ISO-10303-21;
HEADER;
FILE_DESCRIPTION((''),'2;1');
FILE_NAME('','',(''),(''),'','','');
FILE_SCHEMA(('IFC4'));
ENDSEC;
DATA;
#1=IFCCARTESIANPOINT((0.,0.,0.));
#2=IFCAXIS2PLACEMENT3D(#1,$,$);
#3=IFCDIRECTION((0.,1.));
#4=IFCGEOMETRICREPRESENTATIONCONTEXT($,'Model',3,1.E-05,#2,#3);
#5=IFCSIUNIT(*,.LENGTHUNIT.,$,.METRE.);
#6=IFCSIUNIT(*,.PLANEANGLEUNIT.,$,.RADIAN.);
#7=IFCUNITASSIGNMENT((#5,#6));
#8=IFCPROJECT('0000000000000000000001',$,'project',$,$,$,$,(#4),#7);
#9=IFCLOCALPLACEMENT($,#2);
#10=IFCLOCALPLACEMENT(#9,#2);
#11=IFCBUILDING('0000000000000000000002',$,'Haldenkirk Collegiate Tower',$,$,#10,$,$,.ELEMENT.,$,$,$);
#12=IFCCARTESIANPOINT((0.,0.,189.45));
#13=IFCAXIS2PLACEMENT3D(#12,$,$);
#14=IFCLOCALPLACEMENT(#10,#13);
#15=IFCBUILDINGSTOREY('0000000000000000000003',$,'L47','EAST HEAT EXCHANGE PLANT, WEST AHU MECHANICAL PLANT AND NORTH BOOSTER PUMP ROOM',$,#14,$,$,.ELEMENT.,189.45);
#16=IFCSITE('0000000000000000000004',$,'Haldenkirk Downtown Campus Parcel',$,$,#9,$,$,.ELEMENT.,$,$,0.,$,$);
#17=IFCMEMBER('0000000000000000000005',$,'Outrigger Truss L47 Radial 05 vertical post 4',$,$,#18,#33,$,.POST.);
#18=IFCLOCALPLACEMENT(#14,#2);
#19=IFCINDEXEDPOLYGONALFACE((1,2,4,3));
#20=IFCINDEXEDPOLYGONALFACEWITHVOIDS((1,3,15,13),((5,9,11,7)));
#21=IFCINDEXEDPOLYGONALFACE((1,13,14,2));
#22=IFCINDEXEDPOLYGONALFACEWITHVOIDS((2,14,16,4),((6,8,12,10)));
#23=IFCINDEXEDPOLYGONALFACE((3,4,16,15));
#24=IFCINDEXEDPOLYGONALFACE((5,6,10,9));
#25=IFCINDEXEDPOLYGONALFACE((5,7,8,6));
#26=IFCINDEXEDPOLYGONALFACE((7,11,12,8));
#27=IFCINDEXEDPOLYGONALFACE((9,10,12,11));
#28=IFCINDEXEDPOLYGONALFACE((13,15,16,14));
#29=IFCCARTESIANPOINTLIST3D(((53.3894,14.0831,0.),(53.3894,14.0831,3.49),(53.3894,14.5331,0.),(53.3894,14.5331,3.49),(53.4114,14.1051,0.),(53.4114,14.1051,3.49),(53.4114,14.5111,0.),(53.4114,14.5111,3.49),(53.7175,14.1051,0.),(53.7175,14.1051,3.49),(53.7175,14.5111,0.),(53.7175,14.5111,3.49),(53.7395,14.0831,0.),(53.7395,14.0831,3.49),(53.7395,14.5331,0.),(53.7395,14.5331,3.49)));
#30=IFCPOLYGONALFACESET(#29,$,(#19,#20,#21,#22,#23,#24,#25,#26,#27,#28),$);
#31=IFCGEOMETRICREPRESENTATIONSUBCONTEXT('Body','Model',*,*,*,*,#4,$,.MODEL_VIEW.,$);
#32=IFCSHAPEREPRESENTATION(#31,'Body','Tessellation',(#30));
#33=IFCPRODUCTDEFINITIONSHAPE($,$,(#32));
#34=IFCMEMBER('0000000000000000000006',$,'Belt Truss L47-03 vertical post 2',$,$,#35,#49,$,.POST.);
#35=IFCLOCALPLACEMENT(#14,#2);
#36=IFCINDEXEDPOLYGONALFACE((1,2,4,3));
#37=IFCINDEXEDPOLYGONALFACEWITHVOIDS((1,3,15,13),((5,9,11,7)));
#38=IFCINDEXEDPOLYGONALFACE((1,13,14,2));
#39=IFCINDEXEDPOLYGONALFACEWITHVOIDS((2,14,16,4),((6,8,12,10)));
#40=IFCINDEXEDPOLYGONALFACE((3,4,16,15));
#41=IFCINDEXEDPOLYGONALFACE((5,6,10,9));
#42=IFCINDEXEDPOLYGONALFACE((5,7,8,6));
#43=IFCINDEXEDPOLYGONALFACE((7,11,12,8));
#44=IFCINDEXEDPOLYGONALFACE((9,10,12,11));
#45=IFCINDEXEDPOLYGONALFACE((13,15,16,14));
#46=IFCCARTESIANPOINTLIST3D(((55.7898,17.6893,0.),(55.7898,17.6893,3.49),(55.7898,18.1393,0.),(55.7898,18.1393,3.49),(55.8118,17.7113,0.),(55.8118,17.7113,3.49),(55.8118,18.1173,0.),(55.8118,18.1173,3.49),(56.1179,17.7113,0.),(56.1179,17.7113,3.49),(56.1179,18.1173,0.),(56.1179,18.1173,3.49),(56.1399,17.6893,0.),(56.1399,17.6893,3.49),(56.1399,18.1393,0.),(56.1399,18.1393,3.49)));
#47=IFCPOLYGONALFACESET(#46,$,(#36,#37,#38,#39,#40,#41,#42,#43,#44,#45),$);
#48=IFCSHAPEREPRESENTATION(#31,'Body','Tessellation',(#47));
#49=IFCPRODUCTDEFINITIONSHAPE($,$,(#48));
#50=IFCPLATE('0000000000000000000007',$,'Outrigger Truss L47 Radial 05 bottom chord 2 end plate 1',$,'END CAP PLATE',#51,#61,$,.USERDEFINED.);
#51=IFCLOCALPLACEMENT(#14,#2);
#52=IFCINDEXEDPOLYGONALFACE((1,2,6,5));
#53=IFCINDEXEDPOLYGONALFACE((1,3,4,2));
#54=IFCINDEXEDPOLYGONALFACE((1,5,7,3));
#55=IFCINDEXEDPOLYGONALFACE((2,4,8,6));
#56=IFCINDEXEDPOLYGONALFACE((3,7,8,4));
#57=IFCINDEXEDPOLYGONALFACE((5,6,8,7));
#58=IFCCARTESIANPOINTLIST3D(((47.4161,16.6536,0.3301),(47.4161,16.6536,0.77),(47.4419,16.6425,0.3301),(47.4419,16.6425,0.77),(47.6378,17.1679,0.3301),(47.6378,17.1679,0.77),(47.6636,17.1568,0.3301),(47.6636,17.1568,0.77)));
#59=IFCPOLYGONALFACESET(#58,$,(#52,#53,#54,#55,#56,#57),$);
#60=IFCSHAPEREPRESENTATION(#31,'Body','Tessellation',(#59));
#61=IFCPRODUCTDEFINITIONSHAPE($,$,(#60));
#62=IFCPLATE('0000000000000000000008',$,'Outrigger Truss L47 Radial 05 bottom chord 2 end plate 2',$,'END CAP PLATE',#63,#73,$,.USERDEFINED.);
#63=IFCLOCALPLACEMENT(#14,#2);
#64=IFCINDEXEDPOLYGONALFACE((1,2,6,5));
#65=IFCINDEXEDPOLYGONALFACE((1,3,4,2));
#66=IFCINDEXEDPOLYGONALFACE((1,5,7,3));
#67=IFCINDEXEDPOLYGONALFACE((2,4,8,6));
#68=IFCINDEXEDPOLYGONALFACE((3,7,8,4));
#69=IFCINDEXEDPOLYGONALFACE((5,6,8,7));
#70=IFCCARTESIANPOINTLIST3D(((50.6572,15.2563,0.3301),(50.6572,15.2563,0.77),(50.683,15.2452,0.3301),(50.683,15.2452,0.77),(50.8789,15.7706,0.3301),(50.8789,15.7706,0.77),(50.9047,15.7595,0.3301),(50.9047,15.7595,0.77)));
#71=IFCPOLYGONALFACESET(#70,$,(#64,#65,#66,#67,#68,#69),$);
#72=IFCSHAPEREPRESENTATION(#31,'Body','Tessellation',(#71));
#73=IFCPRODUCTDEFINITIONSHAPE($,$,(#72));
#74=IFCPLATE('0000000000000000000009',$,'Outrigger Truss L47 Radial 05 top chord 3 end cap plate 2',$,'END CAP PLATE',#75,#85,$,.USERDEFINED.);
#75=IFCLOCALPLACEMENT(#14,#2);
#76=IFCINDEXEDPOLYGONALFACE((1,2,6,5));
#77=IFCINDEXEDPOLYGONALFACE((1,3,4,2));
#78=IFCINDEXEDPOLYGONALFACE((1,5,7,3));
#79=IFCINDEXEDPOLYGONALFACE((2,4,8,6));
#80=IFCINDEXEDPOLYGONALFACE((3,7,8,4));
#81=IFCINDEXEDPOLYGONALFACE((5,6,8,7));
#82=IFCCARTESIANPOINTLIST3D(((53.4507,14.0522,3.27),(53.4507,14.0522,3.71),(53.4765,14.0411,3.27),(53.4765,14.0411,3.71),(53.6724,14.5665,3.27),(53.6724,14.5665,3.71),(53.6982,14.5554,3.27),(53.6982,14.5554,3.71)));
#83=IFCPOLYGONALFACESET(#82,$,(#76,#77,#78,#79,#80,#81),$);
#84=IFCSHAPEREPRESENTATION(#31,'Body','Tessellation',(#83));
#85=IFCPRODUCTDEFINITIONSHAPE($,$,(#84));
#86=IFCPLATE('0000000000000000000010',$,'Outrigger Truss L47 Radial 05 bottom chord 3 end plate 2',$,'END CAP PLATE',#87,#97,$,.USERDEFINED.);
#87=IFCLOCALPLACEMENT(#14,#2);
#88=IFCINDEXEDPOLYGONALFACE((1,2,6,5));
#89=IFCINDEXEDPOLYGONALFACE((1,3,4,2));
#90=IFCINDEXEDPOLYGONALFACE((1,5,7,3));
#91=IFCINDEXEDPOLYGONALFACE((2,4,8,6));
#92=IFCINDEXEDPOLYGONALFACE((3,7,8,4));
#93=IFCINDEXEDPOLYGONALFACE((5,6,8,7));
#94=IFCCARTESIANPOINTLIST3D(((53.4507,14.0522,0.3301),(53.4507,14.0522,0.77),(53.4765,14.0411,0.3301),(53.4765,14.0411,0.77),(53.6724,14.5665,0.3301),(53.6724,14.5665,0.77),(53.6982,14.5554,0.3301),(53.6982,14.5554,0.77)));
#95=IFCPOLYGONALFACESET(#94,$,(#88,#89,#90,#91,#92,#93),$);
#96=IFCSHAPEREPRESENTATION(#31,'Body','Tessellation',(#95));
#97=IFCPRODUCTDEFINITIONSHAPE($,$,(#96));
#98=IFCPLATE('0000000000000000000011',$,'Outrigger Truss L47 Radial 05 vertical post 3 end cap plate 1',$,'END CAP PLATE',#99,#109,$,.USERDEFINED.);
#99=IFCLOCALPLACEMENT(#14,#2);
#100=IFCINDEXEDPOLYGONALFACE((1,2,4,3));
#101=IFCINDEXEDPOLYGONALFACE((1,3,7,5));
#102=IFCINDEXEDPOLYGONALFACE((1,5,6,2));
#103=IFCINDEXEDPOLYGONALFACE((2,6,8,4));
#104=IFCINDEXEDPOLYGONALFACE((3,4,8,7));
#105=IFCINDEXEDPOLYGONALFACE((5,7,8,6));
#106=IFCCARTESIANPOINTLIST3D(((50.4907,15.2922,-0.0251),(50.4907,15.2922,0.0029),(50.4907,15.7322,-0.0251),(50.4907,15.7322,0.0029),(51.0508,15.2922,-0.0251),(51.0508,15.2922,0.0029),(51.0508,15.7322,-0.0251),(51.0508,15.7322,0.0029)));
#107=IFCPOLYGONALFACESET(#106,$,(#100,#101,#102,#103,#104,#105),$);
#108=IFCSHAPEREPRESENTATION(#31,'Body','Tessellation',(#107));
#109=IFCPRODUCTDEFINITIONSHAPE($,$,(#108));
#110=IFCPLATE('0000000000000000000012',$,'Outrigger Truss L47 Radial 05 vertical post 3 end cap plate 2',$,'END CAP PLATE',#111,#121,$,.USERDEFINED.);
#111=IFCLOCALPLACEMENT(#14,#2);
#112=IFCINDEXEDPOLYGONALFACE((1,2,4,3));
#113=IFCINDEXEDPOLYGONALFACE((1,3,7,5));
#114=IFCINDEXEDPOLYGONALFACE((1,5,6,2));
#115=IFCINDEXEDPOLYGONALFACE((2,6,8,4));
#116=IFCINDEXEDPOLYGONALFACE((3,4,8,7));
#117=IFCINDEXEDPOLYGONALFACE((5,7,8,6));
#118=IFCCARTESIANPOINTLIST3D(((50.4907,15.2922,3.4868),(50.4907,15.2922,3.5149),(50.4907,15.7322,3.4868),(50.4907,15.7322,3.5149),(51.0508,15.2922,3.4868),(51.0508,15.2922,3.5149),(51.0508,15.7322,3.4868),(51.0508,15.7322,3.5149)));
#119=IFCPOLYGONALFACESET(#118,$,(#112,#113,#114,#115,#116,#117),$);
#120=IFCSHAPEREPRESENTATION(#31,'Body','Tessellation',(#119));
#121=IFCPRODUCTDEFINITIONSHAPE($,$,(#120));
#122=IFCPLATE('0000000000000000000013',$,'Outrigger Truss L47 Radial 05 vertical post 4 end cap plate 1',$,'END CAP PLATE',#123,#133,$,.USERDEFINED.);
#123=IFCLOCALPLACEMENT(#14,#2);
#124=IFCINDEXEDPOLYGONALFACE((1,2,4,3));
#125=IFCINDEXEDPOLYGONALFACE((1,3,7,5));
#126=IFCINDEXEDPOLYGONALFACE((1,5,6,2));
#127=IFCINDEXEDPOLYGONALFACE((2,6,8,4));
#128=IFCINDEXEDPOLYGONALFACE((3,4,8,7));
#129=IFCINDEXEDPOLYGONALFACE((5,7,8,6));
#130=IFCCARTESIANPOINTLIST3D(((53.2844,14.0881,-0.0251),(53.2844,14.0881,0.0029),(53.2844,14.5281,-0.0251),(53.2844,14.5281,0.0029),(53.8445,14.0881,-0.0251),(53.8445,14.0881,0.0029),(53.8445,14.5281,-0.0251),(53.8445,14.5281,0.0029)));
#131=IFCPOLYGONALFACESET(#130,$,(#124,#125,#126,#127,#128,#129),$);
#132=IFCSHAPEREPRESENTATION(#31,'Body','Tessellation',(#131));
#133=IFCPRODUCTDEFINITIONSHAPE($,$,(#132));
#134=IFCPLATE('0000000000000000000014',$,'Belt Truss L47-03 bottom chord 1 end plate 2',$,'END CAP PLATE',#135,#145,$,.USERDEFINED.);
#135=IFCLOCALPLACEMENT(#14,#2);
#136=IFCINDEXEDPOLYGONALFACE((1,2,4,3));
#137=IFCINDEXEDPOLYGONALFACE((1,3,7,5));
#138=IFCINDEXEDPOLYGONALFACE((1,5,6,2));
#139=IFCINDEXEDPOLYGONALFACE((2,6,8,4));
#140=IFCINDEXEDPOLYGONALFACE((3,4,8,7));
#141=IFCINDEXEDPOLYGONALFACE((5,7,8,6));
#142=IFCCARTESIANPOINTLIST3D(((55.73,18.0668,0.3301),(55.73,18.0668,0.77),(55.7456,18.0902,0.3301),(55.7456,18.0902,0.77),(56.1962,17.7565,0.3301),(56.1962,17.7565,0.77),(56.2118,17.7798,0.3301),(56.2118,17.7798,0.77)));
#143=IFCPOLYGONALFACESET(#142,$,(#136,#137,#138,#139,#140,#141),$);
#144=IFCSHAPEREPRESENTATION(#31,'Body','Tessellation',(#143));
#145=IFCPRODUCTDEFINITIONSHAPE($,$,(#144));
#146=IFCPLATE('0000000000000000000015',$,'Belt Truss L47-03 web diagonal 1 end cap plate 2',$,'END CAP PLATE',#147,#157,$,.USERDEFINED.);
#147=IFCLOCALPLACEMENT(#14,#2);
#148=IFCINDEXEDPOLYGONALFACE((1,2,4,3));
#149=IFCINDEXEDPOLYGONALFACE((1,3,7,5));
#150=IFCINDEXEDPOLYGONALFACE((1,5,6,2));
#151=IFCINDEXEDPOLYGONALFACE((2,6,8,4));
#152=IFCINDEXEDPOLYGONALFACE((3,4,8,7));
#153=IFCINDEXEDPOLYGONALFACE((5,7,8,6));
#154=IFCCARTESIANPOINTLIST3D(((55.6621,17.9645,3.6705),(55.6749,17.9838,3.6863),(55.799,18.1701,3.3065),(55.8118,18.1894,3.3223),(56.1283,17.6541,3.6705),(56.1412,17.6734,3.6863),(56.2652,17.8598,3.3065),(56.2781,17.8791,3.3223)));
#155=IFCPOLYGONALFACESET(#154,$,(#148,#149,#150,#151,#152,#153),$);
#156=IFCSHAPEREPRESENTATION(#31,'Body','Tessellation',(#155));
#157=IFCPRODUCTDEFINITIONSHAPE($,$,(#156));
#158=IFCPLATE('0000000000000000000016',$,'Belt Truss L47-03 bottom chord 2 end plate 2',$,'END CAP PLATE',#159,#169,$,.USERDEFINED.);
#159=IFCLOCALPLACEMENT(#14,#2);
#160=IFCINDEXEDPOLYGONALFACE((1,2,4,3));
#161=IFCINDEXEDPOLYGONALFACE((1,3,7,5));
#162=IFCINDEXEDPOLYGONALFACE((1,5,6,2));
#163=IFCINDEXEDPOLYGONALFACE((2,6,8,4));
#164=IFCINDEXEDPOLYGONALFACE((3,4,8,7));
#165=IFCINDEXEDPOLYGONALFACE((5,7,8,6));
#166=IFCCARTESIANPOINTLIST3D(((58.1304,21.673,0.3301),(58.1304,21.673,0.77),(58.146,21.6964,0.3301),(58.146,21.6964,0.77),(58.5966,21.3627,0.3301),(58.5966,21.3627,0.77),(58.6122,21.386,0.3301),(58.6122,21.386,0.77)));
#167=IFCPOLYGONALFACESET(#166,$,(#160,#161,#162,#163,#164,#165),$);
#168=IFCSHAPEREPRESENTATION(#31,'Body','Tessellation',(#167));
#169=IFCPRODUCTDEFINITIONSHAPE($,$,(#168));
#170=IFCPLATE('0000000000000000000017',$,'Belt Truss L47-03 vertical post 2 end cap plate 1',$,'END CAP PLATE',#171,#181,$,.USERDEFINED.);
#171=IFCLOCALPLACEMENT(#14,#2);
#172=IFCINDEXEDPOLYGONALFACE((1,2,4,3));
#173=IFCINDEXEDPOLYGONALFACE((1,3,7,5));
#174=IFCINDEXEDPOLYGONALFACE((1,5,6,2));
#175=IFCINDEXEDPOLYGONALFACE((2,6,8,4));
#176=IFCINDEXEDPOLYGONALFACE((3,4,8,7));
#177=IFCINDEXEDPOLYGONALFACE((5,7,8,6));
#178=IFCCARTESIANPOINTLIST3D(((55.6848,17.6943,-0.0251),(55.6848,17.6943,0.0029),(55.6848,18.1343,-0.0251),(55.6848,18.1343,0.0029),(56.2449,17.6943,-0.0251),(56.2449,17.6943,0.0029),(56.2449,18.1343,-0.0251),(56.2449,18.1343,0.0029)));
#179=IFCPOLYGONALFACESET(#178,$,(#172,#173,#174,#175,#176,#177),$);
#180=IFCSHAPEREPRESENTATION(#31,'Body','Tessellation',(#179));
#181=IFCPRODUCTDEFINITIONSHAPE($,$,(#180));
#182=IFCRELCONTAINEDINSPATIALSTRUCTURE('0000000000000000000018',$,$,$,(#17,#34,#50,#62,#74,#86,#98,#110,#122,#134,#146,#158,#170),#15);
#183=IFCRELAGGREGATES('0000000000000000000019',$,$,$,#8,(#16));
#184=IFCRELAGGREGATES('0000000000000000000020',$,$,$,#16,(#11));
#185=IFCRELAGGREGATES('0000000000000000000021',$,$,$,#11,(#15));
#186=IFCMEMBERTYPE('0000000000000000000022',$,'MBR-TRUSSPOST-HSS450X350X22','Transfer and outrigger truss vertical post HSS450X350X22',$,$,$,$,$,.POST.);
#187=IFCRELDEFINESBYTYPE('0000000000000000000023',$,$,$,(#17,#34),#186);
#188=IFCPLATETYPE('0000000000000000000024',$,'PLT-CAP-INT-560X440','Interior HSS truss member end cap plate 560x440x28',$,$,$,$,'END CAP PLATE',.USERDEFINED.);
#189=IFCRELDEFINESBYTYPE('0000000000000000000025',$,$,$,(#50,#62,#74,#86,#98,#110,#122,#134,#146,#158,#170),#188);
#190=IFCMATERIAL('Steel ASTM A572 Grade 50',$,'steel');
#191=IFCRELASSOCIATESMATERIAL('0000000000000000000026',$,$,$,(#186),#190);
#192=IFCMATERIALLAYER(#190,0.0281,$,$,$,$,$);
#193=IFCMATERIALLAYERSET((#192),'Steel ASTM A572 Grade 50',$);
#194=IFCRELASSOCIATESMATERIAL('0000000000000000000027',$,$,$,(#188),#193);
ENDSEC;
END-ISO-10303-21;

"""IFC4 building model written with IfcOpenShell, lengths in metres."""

from ifc_helpers import new_model, si_unit, direction, frame, origin, origin_2d, place, context, subcontext, project, spatial, rectangle, hollow_rectangle, extrude, source, transform, mapped, material, layer, layer_set, material_profile, profile_set, type_object, element, save


model = new_model("IFC4")

# Units and contexts
model_context = context("Model", 3, precision=1e-05, world=origin(), true_north=direction((0.0, 1.0)))
body_context = subcontext(model_context, "Body", "Model", "MODEL_VIEW")
ifc_project = project(units=[si_unit("LENGTHUNIT", "METRE"), si_unit("PLANEANGLEUNIT", "RADIAN")], contexts=[model_context])

# Site, building, storey
site_placement = place(None, origin())
site = spatial("IfcSite", under=ifc_project, at=site_placement, Name="Haldenkirk Downtown Campus Parcel", CompositionType="ELEMENT", RefElevation=0.0)
building_placement = place(site_placement, origin())
building = spatial("IfcBuilding", under=site, at=building_placement, Name="Haldenkirk Collegiate Tower", CompositionType="ELEMENT")
storey_placement = place(building_placement, frame((0.0, 0.0, 189.45)))
storey = spatial("IfcBuildingStorey", under=building, at=storey_placement, Name="L47", Description="EAST HEAT EXCHANGE PLANT, WEST AHU MECHANICAL PLANT AND NORTH BOOSTER PUMP ROOM", CompositionType="ELEMENT", Elevation=189.45)

# Members
ifc_material_1 = material(Name="Steel ASTM A572 Grade 50", Category="steel")
ifc_material_profile_1 = material_profile(ifc_material_1, hollow_rectangle(XDim=0.3501, YDim=0.45, WallThickness=0.022, at=origin_2d()), Name="HSS450X350X22")
ifc_profile_set_1 = profile_set([ifc_material_profile_1], Name="Steel ASTM A572 Grade 50")
member_type_1 = type_object("IfcMemberType", Name="MBR-TRUSSPOST-HSS450X350X22", Description="Transfer and outrigger truss vertical post HSS450X350X22", PredefinedType="POST", material=ifc_profile_set_1)
for number, where, z_axis, x_axis, name in (
    (1, (53.5645, 14.3081, 0.0), (0.0, 0.0, 1.0), (1.0, 0.0, 0.0), "Outrigger Truss L47 Radial 05 vertical post 4"),
    (2, (55.9648, 17.9143, 0.0), (0.0, 0.0, 1.0), (1.0, 0.0, 0.0), "Belt Truss L47-03 vertical post 2"),
):
    element("IfcMember", number, at=place(storey_placement, frame(where, z_axis=z_axis, x_axis=x_axis)), inside=storey, type_object=member_type_1, Name=name, PredefinedType="POST", context=body_context, shape_type="SweptSolid", body=[
        extrude(hollow_rectangle(XDim=0.3501, YDim=0.45, WallThickness=0.022, at=origin_2d()), origin(), (0.0, 0.0, 1.0), 3.49),
    ])

# Plates
ifc_layer = layer(ifc_material_1, 0.0281)
ifc_layer_set = layer_set([ifc_layer], Name="Steel ASTM A572 Grade 50")
plate_type = type_object("IfcPlateType", Name="PLT-CAP-INT-560X440", Description="Interior HSS truss member end cap plate 560x440x28", ElementType="END CAP PLATE", PredefinedType="USERDEFINED", material=ifc_layer_set)
shared_shape = source(origin(), body_context, "Body", "SweptSolid", [
    extrude(rectangle(XDim=0.5601, YDim=0.4399, at=origin_2d()), origin(), (0.0, 0.0, 1.0), 0.0281),
])
for number, where, z_axis, x_axis, name in (
    (3, (47.5527, 16.8997, 0.55), (-0.918311, 0.39586, 0.0), (-0.39586, -0.918311, 0.0), "Outrigger Truss L47 Radial 05 bottom chord 2 end plate 1"),
    (4, (50.7681, 15.5134, 0.55), (0.918311, -0.39586, 0.0), (0.39586, 0.918311, 0.0), "Outrigger Truss L47 Radial 05 bottom chord 2 end plate 2"),
    (5, (53.5615, 14.3093, 3.49), (0.918317, -0.395847, 0.0), (0.395847, 0.918317, 0.0), "Outrigger Truss L47 Radial 05 top chord 3 end cap plate 2"),
    (6, (53.5615, 14.3093, 0.55), (0.918311, -0.39586, 0.0), (0.39586, 0.918311, 0.0), "Outrigger Truss L47 Radial 05 bottom chord 3 end plate 2"),
    (7, (50.7708, 15.5122, 0.0029), (0.0, 0.0, -1.0), (1.0, 0.0, 0.0), "Outrigger Truss L47 Radial 05 vertical post 3 end cap plate 1"),
    (8, (50.7708, 15.5122, 3.4868), (0.0, 0.0, 1.0), (1.0, 0.0, 0.0), "Outrigger Truss L47 Radial 05 vertical post 3 end cap plate 2"),
    (9, (53.5645, 14.3081, 0.0029), (0.0, 0.0, -1.0), (1.0, 0.0, 0.0), "Outrigger Truss L47 Radial 05 vertical post 4 end cap plate 1"),
    (10, (55.9631, 17.9116, 0.55), (0.554121, 0.832436, 0.0), (-0.832436, 0.554121, 0.0), "Belt Truss L47-03 bottom chord 1 end plate 2"),
    (11, (55.9636, 17.9121, 3.4885), (0.458509, 0.688785, 0.561556), (-0.83243, 0.55413, 0.0), "Belt Truss L47-03 web diagonal 1 end cap plate 2"),
    (12, (58.3635, 21.5178, 0.55), (0.554121, 0.832436, 0.0), (-0.832436, 0.554121, 0.0), "Belt Truss L47-03 bottom chord 2 end plate 2"),
    (13, (55.9648, 17.9143, 0.0029), (0.0, 0.0, -1.0), (1.0, 0.0, 0.0), "Belt Truss L47-03 vertical post 2 end cap plate 1"),
):
    element("IfcPlate", number, at=place(storey_placement, frame(where, z_axis=z_axis, x_axis=x_axis)), inside=storey, type_object=plate_type, Name=name, ObjectType="END CAP PLATE", PredefinedType="USERDEFINED", context=body_context, shape_type="MappedRepresentation", body=[
        mapped(shared_shape, transform((0.0, 0.0, 0.0), x_axis=(1.0, 0.0, 0.0), y_axis=(0.0, 1.0, 0.0), z_axis=(0.0, 0.0, 1.0), scale=1.0)),
    ])

save(model, "model.ifc")
